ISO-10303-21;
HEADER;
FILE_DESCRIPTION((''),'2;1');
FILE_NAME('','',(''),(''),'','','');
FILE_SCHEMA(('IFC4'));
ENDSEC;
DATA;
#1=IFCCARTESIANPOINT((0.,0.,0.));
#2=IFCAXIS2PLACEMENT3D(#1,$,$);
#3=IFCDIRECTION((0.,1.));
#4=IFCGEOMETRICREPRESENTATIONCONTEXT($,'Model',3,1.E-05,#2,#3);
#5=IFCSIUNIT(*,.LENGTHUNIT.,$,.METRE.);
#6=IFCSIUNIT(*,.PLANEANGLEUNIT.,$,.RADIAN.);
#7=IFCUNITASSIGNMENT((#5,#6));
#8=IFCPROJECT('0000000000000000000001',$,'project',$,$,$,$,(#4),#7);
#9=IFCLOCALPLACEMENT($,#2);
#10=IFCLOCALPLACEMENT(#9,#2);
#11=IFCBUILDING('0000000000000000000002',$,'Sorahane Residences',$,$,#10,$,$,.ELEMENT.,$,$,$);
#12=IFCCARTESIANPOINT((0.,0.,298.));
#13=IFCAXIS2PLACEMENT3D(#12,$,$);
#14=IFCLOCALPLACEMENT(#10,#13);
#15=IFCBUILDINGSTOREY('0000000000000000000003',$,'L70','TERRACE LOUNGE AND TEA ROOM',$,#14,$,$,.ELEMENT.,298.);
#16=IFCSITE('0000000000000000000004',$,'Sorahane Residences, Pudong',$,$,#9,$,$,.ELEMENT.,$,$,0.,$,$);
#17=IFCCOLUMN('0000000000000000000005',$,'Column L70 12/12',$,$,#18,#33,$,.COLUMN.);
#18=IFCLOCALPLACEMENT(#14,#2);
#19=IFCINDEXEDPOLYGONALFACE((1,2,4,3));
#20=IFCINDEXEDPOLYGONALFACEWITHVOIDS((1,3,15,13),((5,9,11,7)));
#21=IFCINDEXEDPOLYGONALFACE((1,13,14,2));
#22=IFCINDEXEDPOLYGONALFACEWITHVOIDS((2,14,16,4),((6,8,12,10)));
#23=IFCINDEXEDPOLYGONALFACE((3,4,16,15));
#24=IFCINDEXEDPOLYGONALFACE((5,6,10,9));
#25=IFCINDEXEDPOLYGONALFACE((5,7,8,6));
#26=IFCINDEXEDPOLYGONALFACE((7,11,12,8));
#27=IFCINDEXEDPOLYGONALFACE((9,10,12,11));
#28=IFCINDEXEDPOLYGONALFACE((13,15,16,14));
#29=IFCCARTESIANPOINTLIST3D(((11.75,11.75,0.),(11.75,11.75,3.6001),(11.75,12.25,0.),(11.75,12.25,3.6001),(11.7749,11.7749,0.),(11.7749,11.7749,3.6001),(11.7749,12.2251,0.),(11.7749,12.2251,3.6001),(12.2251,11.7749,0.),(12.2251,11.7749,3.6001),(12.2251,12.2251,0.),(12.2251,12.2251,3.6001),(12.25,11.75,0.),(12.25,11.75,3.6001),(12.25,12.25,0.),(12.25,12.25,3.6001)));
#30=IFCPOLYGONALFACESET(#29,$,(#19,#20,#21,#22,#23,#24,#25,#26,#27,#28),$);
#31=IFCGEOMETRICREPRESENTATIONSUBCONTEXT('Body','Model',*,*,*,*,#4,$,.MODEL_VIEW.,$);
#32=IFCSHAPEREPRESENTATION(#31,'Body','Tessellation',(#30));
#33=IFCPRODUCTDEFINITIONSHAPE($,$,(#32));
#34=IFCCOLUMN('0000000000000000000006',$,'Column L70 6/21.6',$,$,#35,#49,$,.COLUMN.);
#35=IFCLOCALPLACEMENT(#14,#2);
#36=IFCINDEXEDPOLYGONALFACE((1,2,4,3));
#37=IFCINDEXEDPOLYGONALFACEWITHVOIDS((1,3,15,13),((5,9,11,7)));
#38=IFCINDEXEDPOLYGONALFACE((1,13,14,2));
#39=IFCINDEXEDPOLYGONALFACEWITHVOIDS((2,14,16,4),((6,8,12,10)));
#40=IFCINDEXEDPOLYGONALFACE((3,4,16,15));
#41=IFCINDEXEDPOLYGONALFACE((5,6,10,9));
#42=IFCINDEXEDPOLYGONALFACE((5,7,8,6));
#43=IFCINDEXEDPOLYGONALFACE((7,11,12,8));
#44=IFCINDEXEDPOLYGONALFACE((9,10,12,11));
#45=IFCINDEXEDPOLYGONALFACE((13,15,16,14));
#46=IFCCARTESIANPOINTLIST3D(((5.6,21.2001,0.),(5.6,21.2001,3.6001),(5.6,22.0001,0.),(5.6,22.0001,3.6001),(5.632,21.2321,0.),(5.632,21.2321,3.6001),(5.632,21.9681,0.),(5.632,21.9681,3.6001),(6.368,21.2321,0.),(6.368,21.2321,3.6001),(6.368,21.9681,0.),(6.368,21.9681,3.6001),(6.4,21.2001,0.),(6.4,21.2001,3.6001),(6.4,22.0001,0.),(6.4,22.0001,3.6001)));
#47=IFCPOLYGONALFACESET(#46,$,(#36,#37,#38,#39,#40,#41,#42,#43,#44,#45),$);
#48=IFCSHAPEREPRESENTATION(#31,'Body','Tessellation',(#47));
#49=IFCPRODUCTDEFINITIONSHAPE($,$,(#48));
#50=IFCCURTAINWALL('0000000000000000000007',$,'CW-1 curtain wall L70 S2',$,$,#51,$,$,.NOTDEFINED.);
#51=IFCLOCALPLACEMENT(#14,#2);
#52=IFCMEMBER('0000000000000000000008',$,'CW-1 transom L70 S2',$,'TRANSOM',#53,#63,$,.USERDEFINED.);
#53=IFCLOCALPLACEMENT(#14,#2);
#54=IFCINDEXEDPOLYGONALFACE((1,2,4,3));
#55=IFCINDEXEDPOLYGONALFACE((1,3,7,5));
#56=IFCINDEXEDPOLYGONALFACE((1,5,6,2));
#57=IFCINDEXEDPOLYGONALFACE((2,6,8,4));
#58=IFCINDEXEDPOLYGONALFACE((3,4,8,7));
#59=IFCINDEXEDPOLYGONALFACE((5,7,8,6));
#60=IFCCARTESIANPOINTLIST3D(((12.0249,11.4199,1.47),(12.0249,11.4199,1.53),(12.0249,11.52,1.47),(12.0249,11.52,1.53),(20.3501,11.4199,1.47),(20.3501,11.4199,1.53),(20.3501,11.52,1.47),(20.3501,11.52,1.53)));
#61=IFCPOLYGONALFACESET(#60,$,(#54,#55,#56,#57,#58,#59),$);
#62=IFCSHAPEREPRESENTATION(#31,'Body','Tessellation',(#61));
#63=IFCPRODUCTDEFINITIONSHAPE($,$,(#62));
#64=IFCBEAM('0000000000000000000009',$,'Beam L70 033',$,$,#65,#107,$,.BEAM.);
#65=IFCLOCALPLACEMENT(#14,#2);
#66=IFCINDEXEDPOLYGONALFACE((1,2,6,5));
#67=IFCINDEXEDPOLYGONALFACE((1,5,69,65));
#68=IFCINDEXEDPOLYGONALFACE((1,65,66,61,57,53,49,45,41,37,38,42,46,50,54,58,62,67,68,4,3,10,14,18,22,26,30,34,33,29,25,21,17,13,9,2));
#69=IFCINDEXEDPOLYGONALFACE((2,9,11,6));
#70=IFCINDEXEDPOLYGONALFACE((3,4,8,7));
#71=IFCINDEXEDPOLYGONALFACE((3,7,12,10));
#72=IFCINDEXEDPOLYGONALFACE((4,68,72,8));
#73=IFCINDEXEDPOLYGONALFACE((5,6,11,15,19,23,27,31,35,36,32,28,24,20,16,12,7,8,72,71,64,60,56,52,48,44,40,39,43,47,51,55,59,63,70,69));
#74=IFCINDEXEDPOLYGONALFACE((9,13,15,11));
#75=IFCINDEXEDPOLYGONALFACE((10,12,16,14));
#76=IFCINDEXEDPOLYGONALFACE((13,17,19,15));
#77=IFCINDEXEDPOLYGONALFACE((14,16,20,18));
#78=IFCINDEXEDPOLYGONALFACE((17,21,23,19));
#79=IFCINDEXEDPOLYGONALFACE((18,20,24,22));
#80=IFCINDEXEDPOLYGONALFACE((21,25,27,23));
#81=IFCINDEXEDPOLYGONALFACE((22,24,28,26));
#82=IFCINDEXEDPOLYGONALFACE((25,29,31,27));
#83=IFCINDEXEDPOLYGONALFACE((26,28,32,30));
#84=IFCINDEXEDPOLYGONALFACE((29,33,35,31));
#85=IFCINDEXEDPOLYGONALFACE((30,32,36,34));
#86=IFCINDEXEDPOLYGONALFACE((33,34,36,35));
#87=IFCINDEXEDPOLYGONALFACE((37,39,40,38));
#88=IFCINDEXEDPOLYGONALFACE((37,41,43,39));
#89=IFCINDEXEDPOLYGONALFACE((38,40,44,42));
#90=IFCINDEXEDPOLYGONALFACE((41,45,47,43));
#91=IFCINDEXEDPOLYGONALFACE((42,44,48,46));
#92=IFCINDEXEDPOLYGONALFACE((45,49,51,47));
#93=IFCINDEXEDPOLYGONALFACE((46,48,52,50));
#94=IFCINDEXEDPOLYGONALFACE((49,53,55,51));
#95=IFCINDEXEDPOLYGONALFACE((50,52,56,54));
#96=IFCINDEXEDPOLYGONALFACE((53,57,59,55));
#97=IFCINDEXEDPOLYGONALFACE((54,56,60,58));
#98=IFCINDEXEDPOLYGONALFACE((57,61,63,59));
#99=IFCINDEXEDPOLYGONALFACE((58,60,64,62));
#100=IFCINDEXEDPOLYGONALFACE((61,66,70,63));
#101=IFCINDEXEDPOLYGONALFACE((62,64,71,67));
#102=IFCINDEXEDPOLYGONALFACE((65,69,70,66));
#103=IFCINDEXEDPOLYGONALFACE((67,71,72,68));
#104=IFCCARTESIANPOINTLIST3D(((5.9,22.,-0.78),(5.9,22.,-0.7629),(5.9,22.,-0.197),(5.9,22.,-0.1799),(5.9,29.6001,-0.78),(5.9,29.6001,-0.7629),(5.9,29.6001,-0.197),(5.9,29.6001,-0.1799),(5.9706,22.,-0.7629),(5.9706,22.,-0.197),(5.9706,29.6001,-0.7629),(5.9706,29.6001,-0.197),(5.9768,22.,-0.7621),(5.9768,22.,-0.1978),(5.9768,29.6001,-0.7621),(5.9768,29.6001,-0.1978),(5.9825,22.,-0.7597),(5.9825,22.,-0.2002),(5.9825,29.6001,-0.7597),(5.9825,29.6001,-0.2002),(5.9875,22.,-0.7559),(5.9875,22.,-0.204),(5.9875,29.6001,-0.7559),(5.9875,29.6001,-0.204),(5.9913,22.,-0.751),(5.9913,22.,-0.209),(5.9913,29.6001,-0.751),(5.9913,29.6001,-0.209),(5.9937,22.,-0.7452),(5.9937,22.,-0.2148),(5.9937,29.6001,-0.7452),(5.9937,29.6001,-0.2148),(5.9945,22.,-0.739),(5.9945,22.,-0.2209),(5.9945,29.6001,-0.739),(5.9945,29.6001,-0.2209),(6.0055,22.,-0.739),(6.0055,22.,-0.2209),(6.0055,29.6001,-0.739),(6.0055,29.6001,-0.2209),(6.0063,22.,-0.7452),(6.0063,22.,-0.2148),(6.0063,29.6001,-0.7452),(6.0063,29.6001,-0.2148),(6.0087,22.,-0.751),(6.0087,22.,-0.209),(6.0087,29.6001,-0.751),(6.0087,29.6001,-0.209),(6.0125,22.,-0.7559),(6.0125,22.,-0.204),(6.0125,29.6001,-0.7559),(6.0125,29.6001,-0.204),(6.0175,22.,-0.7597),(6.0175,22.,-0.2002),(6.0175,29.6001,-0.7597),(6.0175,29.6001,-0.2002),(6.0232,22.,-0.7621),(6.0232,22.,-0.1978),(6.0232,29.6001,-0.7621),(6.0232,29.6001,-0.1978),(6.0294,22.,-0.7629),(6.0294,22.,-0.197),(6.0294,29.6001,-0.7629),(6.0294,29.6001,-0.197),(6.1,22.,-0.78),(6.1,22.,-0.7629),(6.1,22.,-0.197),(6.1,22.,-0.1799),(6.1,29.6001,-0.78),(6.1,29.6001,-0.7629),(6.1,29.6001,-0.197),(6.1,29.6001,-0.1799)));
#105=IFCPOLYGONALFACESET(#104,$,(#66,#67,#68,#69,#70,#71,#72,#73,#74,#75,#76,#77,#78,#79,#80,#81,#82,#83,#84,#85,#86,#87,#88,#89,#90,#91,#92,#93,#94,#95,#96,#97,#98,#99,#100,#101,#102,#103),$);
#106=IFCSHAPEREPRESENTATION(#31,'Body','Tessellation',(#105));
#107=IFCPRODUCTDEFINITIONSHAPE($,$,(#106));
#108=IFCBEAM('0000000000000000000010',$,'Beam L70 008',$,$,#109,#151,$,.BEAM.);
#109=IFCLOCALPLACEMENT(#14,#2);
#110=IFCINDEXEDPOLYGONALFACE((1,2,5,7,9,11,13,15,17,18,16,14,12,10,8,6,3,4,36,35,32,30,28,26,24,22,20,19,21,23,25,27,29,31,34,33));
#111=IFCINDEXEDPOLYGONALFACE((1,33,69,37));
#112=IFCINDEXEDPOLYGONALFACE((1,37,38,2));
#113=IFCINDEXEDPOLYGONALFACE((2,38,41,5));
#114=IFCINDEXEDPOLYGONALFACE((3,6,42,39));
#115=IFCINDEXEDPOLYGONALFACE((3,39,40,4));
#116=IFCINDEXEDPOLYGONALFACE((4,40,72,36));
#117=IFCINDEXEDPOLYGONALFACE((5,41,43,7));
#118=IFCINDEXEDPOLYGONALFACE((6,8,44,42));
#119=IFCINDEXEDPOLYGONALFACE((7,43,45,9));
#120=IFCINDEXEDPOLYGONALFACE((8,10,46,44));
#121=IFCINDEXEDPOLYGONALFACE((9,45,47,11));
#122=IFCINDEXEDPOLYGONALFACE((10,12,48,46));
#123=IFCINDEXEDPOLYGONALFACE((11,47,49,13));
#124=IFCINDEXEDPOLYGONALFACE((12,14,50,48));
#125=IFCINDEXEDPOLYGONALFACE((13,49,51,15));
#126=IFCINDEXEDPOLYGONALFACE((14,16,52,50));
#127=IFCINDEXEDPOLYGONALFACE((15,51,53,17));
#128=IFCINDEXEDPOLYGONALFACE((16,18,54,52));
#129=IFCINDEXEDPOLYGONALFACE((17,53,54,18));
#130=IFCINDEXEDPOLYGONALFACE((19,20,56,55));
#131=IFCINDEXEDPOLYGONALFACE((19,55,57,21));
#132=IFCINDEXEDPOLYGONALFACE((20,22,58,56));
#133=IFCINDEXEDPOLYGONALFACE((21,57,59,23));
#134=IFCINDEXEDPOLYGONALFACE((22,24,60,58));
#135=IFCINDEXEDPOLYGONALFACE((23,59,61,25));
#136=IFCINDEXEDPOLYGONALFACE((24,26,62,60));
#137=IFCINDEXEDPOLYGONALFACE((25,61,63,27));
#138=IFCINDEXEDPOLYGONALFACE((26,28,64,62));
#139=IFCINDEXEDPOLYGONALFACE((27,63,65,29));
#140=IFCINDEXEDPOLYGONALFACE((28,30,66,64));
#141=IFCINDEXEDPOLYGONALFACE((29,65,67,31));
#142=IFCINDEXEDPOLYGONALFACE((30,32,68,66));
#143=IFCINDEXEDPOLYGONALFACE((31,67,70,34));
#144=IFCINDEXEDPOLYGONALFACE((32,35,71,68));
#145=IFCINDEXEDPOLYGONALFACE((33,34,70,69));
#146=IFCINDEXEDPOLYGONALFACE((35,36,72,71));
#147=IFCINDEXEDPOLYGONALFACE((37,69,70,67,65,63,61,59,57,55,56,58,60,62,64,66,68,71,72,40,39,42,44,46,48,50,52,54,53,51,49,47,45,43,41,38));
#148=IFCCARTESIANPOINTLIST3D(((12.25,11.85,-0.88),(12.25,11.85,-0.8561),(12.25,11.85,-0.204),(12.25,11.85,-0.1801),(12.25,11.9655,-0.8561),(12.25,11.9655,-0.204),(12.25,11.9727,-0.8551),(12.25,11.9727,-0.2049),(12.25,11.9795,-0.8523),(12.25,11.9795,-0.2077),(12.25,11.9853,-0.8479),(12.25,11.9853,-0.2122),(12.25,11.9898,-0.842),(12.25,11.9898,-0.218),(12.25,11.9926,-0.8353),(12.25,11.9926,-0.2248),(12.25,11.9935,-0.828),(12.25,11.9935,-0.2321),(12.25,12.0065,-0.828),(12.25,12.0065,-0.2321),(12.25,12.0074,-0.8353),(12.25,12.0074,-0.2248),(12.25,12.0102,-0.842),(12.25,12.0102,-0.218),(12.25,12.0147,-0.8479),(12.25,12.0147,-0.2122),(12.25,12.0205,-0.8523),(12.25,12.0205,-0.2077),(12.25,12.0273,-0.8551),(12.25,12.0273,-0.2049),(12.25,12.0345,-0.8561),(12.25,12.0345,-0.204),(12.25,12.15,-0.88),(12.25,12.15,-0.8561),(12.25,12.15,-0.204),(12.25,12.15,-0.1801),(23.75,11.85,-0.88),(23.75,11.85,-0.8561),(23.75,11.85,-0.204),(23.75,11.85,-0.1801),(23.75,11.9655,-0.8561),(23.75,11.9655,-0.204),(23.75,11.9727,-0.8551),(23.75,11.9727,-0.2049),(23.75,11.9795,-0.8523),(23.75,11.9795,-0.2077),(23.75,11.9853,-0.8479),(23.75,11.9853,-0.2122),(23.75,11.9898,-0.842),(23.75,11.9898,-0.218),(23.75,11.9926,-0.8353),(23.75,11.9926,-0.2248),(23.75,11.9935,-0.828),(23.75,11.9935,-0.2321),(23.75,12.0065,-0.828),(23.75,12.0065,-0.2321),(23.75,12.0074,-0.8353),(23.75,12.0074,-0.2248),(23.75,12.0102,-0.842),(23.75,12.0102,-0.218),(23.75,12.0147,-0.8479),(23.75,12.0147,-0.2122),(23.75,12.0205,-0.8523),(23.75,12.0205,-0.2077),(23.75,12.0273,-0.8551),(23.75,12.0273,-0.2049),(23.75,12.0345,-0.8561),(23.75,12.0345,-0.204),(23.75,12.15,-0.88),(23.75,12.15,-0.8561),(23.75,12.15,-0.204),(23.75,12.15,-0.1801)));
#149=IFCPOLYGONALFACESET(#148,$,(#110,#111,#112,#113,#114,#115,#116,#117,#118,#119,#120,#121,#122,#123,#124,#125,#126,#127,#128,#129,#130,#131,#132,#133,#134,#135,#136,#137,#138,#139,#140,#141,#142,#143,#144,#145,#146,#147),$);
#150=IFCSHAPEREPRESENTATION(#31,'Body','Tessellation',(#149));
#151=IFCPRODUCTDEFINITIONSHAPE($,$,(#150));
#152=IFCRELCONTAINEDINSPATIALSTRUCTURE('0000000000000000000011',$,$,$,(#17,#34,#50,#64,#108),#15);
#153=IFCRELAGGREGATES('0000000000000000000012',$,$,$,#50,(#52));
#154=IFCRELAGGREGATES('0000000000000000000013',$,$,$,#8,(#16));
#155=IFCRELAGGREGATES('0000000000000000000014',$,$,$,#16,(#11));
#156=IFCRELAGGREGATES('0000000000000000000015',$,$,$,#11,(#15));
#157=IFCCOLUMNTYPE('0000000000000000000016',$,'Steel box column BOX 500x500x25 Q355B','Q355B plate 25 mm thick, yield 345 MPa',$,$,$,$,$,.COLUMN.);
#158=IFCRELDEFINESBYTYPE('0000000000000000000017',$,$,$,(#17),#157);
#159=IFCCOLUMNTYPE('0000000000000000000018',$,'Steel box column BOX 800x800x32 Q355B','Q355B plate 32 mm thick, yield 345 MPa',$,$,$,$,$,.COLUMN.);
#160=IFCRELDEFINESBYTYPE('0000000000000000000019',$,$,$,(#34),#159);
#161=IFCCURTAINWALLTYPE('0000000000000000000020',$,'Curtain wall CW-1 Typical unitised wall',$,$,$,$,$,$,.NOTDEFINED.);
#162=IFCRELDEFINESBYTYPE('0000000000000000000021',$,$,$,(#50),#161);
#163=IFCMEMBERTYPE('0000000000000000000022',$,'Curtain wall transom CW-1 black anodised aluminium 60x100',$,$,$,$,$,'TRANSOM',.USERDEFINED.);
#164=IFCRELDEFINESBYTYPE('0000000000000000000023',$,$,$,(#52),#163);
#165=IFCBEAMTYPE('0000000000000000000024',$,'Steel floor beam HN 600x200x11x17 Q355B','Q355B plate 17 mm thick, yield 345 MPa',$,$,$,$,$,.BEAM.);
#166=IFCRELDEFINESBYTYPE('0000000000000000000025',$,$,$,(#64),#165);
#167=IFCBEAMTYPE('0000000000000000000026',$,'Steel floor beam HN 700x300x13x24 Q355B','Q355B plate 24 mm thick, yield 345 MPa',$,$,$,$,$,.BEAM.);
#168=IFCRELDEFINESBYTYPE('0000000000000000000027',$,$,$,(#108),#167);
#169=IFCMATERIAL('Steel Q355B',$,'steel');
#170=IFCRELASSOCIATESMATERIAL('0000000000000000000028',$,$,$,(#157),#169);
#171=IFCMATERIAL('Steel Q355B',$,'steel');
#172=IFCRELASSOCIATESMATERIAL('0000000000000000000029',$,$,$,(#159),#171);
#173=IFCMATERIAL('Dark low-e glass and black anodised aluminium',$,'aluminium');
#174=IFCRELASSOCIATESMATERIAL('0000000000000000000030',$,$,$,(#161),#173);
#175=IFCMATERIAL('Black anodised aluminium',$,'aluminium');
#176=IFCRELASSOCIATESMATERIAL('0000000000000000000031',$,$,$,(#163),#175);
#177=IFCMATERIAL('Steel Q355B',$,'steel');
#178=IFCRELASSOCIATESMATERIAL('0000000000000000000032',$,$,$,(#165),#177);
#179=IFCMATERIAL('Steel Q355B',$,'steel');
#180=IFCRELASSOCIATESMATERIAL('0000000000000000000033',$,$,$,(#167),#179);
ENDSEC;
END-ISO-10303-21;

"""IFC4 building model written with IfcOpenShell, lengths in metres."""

from ifc_helpers import new_model, si_unit, direction, frame, origin, origin_2d, place, context, subcontext, project, spatial, rectangle, hollow_rectangle, i_section, extrude, material, material_profile, profile_set, type_object, element, aggregate, save


model = new_model("IFC4")

# Units and contexts
model_context = context("Model", 3, precision=1e-05, world=origin(), true_north=direction((0.0, 1.0)))
body_context = subcontext(model_context, "Body", "Model", "MODEL_VIEW")
ifc_project = project(units=[si_unit("LENGTHUNIT", "METRE"), si_unit("PLANEANGLEUNIT", "RADIAN")], contexts=[model_context])

# Site, building, storey
site_placement = place(None, origin())
site = spatial("IfcSite", under=ifc_project, at=site_placement, Name="Sorahane Residences, Pudong", CompositionType="ELEMENT", RefElevation=0.0)
building_placement = place(site_placement, origin())
building = spatial("IfcBuilding", under=site, at=building_placement, Name="Sorahane Residences", CompositionType="ELEMENT")
storey_placement = place(building_placement, frame((0.0, 0.0, 298.0)))
storey = spatial("IfcBuildingStorey", under=building, at=storey_placement, Name="L70", Description="TERRACE LOUNGE AND TEA ROOM", CompositionType="ELEMENT", Elevation=298.0)

# Columns
ifc_material_1 = material(Name="Steel Q355B", Category="steel")
ifc_material_profile_1 = material_profile(ifc_material_1, hollow_rectangle(XDim=0.5, YDim=0.5, WallThickness=0.0249, at=origin_2d()), Name="BOX 500x500x25")
ifc_profile_set_1 = profile_set([ifc_material_profile_1], Name="Steel Q355B")
column_type_1 = type_object("IfcColumnType", Name="Steel box column BOX 500x500x25 Q355B", Description="Q355B plate 25 mm thick, yield 345 MPa", PredefinedType="COLUMN", material=ifc_profile_set_1)
column_1_placement = place(storey_placement, frame((12.0, 12.0, 0.0), z_axis=(0.0, 0.0, 1.0), x_axis=(1.0, 0.0, 0.0)))
element("IfcColumn", 1, at=column_1_placement, inside=storey, type_object=column_type_1, Name="Column L70 12/12", PredefinedType="COLUMN", context=body_context, shape_type="SweptSolid", body=[
    extrude(hollow_rectangle(XDim=0.5, YDim=0.5, WallThickness=0.0249, at=origin_2d()), origin(), (0.0, 0.0, 1.0), 3.6001),
])
ifc_material_2 = material(Name="Steel Q355B", Category="steel")
ifc_material_profile_2 = material_profile(ifc_material_2, hollow_rectangle(XDim=0.8, YDim=0.8, WallThickness=0.032, at=origin_2d()), Name="BOX 800x800x32")
ifc_profile_set_2 = profile_set([ifc_material_profile_2], Name="Steel Q355B")
column_type_2 = type_object("IfcColumnType", Name="Steel box column BOX 800x800x32 Q355B", Description="Q355B plate 32 mm thick, yield 345 MPa", PredefinedType="COLUMN", material=ifc_profile_set_2)
column_2_placement = place(storey_placement, frame((6.0, 21.6001, 0.0), z_axis=(0.0, 0.0, 1.0), x_axis=(1.0, 0.0, 0.0)))
element("IfcColumn", 2, at=column_2_placement, inside=storey, type_object=column_type_2, Name="Column L70 6/21.6", PredefinedType="COLUMN", context=body_context, shape_type="SweptSolid", body=[
    extrude(hollow_rectangle(XDim=0.8, YDim=0.8, WallThickness=0.032, at=origin_2d()), origin(), (0.0, 0.0, 1.0), 3.6001),
])

# Curtain wall, member
ifc_material_3 = material(Name="Dark low-e glass and black anodised aluminium", Category="aluminium")
curtain_wall_type = type_object("IfcCurtainWallType", Name="Curtain wall CW-1 Typical unitised wall", PredefinedType="NOTDEFINED", material=ifc_material_3)
curtain_wall_placement = place(storey_placement, origin())
curtain_wall = element("IfcCurtainWall", 3, at=curtain_wall_placement, inside=storey, type_object=curtain_wall_type, Name="CW-1 curtain wall L70 S2", PredefinedType="NOTDEFINED")
ifc_material_4 = material(Name="Black anodised aluminium", Category="aluminium")
ifc_material_profile_3 = material_profile(ifc_material_4, rectangle(XDim=0.1001, YDim=0.0601, at=origin_2d()), Name="Curtain wall transom CW-1 black anodised aluminium 60x100")
ifc_profile_set_3 = profile_set([ifc_material_profile_3], Name="Black anodised aluminium")
member_type = type_object("IfcMemberType", Name="Curtain wall transom CW-1 black anodised aluminium 60x100", ElementType="TRANSOM", PredefinedType="USERDEFINED", material=ifc_profile_set_3)
member_placement = place(storey_placement, frame((12.0249, 11.47, 1.5), z_axis=(1.0, 0.0, 0.0), x_axis=(0.0, 1.0, 0.0)))
member = element("IfcMember", 4, at=member_placement, type_object=member_type, Name="CW-1 transom L70 S2", ObjectType="TRANSOM", PredefinedType="USERDEFINED", context=body_context, shape_type="SweptSolid", body=[
    extrude(rectangle(XDim=0.1001, YDim=0.0601, at=origin_2d()), origin(), (0.0, 0.0, 1.0), 8.3252),
])
aggregate(curtain_wall, [member])

# Beams
ifc_material_5 = material(Name="Steel Q355B", Category="steel")
ifc_material_profile_4 = material_profile(ifc_material_5, i_section(OverallWidth=0.2, OverallDepth=0.6001, WebThickness=0.011, FlangeThickness=0.0171, FilletRadius=0.0239, at=origin_2d()), Name="HN 600x200x11x17")
ifc_profile_set_4 = profile_set([ifc_material_profile_4], Name="Steel Q355B")
beam_type_1 = type_object("IfcBeamType", Name="Steel floor beam HN 600x200x11x17 Q355B", Description="Q355B plate 17 mm thick, yield 345 MPa", PredefinedType="BEAM", material=ifc_profile_set_4)
beam_1_placement = place(storey_placement, frame((6.0, 22.0, -0.48), z_axis=(0.0, 1.0, 0.0), x_axis=(-1.0, 0.0, 0.0)))
element("IfcBeam", 5, at=beam_1_placement, inside=storey, type_object=beam_type_1, Name="Beam L70 033", PredefinedType="BEAM", context=body_context, shape_type="SweptSolid", body=[
    extrude(i_section(OverallWidth=0.2, OverallDepth=0.6001, WebThickness=0.011, FlangeThickness=0.0171, FilletRadius=0.0239, at=origin_2d()), origin(), (0.0, 0.0, 1.0), 7.6001),
])
ifc_material_6 = material(Name="Steel Q355B", Category="steel")
ifc_material_profile_5 = material_profile(ifc_material_6, i_section(OverallWidth=0.3, OverallDepth=0.7, WebThickness=0.0129, FlangeThickness=0.0239, FilletRadius=0.0281, at=origin_2d()), Name="HN 700x300x13x24")
ifc_profile_set_5 = profile_set([ifc_material_profile_5], Name="Steel Q355B")
beam_type_2 = type_object("IfcBeamType", Name="Steel floor beam HN 700x300x13x24 Q355B", Description="Q355B plate 24 mm thick, yield 345 MPa", PredefinedType="BEAM", material=ifc_profile_set_5)
beam_2_placement = place(storey_placement, frame((12.25, 12.0, -0.53), z_axis=(1.0, 0.0, 0.0), x_axis=(0.0, 1.0, 0.0)))
element("IfcBeam", 6, at=beam_2_placement, inside=storey, type_object=beam_type_2, Name="Beam L70 008", PredefinedType="BEAM", context=body_context, shape_type="SweptSolid", body=[
    extrude(i_section(OverallWidth=0.3, OverallDepth=0.7, WebThickness=0.0129, FlangeThickness=0.0239, FilletRadius=0.0281, at=origin_2d()), origin(), (0.0, 0.0, 1.0), 11.5),
])

save(model, "model.ifc")
